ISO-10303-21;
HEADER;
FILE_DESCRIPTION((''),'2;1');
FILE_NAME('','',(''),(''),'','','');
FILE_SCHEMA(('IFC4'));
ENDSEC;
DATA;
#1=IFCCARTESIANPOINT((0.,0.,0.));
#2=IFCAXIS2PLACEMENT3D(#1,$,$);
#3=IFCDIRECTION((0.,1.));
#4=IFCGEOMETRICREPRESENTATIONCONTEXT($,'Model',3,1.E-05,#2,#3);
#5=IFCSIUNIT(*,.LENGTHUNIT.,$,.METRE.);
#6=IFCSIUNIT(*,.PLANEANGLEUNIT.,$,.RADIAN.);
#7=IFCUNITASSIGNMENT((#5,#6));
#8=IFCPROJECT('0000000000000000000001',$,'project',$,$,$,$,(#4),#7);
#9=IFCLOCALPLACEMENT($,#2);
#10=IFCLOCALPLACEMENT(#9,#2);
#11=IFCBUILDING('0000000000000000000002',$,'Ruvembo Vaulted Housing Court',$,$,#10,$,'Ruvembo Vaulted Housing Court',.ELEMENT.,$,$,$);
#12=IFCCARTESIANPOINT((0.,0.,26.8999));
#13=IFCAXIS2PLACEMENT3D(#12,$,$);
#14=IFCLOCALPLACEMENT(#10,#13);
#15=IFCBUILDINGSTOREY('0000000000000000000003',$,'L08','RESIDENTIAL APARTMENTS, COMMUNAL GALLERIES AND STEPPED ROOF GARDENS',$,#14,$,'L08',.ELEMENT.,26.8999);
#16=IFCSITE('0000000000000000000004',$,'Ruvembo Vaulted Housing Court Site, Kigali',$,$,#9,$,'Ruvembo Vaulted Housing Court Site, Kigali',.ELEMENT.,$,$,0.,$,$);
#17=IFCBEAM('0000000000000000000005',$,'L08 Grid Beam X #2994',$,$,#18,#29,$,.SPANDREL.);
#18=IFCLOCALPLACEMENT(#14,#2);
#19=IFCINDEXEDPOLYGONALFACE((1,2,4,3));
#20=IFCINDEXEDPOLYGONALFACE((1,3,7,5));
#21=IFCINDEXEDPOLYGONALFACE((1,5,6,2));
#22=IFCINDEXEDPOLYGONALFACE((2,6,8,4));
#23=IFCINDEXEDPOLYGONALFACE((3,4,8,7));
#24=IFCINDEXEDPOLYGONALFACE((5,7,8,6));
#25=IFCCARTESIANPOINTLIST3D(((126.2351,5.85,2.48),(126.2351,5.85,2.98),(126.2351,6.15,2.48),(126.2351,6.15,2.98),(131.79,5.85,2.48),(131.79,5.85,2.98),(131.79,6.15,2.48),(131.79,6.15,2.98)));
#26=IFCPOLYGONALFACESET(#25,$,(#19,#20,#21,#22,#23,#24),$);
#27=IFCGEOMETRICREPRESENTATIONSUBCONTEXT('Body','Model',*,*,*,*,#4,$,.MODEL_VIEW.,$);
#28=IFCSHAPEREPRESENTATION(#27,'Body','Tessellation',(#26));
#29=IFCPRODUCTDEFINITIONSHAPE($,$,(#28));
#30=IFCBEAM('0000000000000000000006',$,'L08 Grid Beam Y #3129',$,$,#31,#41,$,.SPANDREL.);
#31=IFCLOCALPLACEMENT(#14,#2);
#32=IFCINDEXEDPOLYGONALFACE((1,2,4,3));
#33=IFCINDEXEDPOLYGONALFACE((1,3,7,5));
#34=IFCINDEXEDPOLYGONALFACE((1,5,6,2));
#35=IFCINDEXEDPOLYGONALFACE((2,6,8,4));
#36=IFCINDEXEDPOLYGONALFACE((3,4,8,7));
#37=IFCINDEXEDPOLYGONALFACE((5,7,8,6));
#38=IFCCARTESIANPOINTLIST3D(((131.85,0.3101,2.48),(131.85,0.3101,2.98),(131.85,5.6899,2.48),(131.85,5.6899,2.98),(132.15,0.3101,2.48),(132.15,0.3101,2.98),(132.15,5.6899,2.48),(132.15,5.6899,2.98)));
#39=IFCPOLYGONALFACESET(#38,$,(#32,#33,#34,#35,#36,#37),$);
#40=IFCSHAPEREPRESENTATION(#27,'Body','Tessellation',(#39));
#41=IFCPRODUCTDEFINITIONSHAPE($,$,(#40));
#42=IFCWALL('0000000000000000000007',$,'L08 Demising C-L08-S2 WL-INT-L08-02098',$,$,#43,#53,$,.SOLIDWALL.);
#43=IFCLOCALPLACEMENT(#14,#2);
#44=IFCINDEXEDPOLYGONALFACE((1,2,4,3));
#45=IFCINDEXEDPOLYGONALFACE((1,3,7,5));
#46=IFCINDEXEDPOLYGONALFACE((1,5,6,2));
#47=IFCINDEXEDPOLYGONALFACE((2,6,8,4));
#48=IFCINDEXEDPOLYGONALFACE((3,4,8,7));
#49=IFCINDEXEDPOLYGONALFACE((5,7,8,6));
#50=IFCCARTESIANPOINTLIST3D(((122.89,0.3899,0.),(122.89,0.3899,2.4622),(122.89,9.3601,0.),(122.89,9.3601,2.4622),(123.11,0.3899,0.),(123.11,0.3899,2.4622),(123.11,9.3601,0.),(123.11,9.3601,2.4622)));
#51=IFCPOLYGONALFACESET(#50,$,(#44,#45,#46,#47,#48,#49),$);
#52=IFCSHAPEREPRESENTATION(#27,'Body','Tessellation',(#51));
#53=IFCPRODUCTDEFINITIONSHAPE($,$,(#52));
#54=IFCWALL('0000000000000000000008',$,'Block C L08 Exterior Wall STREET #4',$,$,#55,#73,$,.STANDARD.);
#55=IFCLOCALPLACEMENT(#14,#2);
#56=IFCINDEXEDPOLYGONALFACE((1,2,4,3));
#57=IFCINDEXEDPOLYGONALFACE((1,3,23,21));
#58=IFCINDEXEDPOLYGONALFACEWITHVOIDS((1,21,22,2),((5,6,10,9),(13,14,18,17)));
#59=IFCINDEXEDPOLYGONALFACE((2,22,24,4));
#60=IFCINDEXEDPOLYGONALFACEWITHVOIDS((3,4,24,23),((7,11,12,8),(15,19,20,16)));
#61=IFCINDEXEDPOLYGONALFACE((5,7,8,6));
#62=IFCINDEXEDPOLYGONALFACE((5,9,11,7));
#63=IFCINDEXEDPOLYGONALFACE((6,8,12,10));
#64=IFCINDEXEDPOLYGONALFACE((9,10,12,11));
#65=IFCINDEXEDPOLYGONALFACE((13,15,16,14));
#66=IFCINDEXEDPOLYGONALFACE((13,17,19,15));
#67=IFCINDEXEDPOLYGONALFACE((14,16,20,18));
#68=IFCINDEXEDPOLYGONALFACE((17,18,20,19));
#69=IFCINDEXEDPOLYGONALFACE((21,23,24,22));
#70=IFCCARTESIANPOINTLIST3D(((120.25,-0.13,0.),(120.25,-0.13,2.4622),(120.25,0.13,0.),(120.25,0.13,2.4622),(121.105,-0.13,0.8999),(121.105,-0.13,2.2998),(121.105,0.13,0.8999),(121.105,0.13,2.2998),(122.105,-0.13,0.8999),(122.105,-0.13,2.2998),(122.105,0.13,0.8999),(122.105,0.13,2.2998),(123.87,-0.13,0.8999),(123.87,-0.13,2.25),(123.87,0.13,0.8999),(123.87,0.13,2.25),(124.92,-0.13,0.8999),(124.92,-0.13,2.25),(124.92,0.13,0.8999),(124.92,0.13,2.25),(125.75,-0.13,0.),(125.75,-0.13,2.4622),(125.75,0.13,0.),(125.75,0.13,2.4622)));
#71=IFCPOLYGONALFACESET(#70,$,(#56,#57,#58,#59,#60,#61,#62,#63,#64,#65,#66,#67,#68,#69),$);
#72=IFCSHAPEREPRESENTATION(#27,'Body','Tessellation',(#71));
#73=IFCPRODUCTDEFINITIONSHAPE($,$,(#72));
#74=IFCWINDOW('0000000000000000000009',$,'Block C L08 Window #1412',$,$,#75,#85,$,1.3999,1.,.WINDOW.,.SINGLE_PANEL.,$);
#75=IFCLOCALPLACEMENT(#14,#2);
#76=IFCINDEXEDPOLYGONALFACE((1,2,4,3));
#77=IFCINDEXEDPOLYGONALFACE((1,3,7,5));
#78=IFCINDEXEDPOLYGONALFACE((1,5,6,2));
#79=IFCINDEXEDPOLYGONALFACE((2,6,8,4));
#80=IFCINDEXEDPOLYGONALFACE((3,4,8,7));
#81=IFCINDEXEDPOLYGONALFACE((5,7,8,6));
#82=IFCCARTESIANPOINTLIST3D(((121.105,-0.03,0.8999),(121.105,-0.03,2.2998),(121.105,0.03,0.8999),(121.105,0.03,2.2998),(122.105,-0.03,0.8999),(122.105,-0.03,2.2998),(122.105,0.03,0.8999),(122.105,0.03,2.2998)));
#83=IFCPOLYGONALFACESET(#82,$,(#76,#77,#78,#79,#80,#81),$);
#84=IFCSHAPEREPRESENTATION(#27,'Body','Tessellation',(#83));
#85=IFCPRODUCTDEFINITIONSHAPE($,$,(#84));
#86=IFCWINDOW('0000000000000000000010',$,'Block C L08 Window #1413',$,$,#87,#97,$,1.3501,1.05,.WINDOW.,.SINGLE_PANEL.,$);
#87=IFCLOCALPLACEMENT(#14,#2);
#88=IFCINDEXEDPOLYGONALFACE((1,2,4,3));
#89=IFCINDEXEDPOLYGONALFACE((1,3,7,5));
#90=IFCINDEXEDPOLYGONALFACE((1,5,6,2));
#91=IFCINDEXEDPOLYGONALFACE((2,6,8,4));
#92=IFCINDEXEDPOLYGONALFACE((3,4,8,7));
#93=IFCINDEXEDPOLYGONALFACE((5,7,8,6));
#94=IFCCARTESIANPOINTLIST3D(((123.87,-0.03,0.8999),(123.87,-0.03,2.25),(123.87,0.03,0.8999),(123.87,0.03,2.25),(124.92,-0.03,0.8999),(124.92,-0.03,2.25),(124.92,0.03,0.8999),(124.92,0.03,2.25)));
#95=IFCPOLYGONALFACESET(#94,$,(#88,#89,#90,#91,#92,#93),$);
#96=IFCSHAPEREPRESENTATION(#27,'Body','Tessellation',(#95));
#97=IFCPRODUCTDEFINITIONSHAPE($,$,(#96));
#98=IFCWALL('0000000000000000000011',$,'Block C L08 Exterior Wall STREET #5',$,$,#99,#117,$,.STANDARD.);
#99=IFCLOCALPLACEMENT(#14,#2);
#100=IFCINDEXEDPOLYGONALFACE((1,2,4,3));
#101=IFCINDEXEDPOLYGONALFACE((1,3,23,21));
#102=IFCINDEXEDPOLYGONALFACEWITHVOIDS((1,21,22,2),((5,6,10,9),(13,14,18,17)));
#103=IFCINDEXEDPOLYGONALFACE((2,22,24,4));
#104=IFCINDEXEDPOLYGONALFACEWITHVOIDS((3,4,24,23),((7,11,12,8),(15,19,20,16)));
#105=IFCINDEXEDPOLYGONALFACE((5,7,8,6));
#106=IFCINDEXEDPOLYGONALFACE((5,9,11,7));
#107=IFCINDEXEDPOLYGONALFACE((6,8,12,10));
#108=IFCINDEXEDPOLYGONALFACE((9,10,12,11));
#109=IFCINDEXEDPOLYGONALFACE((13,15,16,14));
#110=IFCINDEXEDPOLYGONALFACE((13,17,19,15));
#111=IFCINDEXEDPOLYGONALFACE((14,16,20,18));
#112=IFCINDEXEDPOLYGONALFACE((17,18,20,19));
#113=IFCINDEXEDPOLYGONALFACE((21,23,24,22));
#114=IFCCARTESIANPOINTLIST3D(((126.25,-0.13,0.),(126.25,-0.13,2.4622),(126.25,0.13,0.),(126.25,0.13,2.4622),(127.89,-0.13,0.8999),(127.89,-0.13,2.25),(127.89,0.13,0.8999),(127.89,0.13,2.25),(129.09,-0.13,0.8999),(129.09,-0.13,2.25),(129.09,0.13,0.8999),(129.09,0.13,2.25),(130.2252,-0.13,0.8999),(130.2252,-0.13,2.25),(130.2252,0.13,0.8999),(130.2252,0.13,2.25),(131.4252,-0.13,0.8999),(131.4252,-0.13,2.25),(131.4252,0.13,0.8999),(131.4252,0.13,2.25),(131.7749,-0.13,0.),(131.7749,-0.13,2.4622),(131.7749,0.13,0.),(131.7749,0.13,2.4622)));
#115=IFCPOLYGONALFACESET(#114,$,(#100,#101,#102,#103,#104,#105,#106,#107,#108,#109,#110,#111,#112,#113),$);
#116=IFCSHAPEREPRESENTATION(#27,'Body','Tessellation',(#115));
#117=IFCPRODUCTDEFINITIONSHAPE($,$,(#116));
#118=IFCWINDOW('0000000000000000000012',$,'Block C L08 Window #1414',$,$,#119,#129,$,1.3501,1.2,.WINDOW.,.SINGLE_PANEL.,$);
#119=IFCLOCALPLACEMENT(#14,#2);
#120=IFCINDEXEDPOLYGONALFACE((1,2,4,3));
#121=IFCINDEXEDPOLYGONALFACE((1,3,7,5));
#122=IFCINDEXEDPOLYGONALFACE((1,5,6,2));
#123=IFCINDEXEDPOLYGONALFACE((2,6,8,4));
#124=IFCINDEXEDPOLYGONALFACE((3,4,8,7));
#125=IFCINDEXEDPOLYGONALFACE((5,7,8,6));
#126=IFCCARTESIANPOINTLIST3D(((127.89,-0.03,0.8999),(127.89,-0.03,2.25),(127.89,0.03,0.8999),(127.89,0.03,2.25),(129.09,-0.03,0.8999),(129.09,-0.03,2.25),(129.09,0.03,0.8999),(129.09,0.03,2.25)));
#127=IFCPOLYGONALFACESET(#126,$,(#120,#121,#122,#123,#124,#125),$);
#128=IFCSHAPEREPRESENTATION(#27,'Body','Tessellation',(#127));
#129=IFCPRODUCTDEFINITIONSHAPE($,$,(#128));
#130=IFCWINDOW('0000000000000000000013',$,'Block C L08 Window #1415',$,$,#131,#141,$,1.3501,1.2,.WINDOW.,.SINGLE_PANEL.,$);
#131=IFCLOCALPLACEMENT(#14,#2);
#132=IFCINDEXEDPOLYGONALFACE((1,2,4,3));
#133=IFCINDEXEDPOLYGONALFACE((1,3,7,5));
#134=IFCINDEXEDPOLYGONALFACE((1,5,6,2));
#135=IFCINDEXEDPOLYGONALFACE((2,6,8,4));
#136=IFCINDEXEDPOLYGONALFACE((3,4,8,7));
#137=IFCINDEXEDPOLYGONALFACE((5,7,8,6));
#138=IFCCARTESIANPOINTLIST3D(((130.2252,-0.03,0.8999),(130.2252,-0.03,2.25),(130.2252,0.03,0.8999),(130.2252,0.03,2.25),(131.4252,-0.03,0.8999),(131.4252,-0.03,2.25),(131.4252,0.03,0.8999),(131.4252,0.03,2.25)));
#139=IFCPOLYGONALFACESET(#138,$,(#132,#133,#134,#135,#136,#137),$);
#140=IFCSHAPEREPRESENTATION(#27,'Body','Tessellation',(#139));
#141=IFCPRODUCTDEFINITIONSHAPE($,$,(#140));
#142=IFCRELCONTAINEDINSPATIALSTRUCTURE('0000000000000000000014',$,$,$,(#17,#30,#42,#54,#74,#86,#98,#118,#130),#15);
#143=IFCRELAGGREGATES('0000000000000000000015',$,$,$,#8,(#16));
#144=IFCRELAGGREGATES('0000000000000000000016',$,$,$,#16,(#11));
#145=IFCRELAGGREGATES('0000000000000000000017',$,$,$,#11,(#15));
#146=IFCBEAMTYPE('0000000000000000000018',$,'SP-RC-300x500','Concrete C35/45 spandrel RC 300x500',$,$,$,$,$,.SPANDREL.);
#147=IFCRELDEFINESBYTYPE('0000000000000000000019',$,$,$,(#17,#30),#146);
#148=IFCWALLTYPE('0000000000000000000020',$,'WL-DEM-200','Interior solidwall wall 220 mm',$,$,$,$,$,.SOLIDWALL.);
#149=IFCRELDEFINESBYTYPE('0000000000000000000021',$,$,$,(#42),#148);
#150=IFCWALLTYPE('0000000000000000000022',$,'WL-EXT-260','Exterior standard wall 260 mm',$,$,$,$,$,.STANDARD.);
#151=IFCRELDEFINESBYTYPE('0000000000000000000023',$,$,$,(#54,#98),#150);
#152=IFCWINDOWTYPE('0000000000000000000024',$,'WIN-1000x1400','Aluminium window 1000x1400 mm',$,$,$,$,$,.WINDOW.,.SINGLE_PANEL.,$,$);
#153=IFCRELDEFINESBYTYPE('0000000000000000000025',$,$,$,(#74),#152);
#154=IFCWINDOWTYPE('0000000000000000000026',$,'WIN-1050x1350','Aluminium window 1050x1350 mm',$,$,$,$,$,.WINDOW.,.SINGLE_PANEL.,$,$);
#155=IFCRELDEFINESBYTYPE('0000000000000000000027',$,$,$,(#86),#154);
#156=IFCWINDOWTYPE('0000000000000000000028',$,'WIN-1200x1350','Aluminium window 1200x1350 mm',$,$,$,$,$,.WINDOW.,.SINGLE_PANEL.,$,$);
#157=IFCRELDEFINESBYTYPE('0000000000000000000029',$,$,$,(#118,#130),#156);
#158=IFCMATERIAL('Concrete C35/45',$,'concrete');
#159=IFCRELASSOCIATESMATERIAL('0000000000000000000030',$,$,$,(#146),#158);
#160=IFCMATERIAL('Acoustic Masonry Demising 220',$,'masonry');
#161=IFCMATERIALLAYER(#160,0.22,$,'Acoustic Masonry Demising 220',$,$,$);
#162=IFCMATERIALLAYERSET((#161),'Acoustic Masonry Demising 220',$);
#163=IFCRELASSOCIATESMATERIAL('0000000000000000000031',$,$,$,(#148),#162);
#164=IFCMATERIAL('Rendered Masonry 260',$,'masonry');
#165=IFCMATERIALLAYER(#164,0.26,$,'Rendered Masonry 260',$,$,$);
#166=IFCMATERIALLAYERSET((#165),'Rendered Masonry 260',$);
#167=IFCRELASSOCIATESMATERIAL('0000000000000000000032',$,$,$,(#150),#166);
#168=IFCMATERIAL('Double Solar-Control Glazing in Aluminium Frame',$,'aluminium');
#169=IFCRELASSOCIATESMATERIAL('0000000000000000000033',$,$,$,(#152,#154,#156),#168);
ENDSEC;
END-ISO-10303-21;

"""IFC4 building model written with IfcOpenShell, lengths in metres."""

from ifc_helpers import new_model, si_unit, direction, frame, frame_2d, origin, origin_2d, place, context, subcontext, project, spatial, rectangle, extrude, material, layer, layer_set, material_profile, profile_set, type_object, element, fill, save


model = new_model("IFC4")

# Units and contexts
model_context = context("Model", 3, precision=1e-05, world=origin(), true_north=direction((0.0, 1.0)))
body_context = subcontext(model_context, "Body", "Model", "MODEL_VIEW")
ifc_project = project(units=[si_unit("LENGTHUNIT", "METRE"), si_unit("PLANEANGLEUNIT", "RADIAN")], contexts=[model_context])

# Site, building, storey
site_placement = place(None, origin())
site = spatial("IfcSite", under=ifc_project, at=site_placement, Name="Ruvembo Vaulted Housing Court Site, Kigali", LongName="Ruvembo Vaulted Housing Court Site, Kigali", CompositionType="ELEMENT", RefElevation=0.0)
building_placement = place(site_placement, origin())
building = spatial("IfcBuilding", under=site, at=building_placement, Name="Ruvembo Vaulted Housing Court", LongName="Ruvembo Vaulted Housing Court", CompositionType="ELEMENT")
storey_placement = place(building_placement, frame((0.0, 0.0, 26.8999)))
storey = spatial("IfcBuildingStorey", under=building, at=storey_placement, Name="L08", Description="RESIDENTIAL APARTMENTS, COMMUNAL GALLERIES AND STEPPED ROOF GARDENS", LongName="L08", CompositionType="ELEMENT", Elevation=26.8999)

# Shared definitions
ifc_material_1 = material(Name="Concrete C35/45", Category="concrete")

# Beams
ifc_material_profile_1 = material_profile(ifc_material_1, rectangle(XDim=0.3, YDim=0.5, at=origin_2d()), Name="RC 300x500")
ifc_profile_set_1 = profile_set([ifc_material_profile_1], Name="Concrete C35/45")
beam_type_1 = type_object("IfcBeamType", Name="SP-RC-300x500", Description="Concrete C35/45 spandrel RC 300x500", PredefinedType="SPANDREL", material=ifc_profile_set_1)
beam_1_placement = place(storey_placement, frame((126.2351, 6.0, 2.73), z_axis=(1.0, 0.0, 0.0), x_axis=(0.0, 1.0, 0.0)))
element("IfcBeam", 1, at=beam_1_placement, inside=storey, type_object=beam_type_1, Name="L08 Grid Beam X #2994", PredefinedType="SPANDREL", context=body_context, shape_type="SweptSolid", body=[
    extrude(rectangle(XDim=0.3, YDim=0.5, at=origin_2d()), origin(), (0.0, 0.0, 1.0), 5.5549),
])
beam_2_placement = place(storey_placement, frame((132.0, 0.3101, 2.73), z_axis=(0.0, 1.0, 0.0), x_axis=(-1.0, 0.0, 0.0)))
element("IfcBeam", 2, at=beam_2_placement, inside=storey, type_object=beam_type_1, Name="L08 Grid Beam Y #3129", PredefinedType="SPANDREL", context=body_context, shape_type="SweptSolid", body=[
    extrude(rectangle(XDim=0.3, YDim=0.5, at=origin_2d()), origin(), (0.0, 0.0, 1.0), 5.3799),
])

# Wall
ifc_material_2 = material(Name="Acoustic Masonry Demising 220", Category="masonry")
ifc_layer_1 = layer(ifc_material_2, 0.22, Name="Acoustic Masonry Demising 220")
ifc_layer_set_1 = layer_set([ifc_layer_1], Name="Acoustic Masonry Demising 220")
wall_type_1 = type_object("IfcWallType", Name="WL-DEM-200", Description="Interior solidwall wall 220 mm", PredefinedType="SOLIDWALL", material=ifc_layer_set_1)
wall_1_placement = place(storey_placement, frame((123.0, 0.3899, 0.0), z_axis=(0.0, 0.0, 1.0), x_axis=(0.0, 1.0, 0.0)))
element("IfcWall", 3, at=wall_1_placement, inside=storey, type_object=wall_type_1, Name="L08 Demising C-L08-S2 WL-INT-L08-02098", PredefinedType="SOLIDWALL", context=body_context, shape_type="SweptSolid", body=[
    extrude(rectangle(XDim=8.9702, YDim=0.22, at=frame_2d((4.4851, 0.0))), origin(), (0.0, 0.0, 1.0), 2.4622),
])

# Walls, openings, windows
ifc_material_3 = material(Name="Rendered Masonry 260", Category="masonry")
ifc_layer_2 = layer(ifc_material_3, 0.26, Name="Rendered Masonry 260")
ifc_layer_set_2 = layer_set([ifc_layer_2], Name="Rendered Masonry 260")
wall_type_2 = type_object("IfcWallType", Name="WL-EXT-260", Description="Exterior standard wall 260 mm", PredefinedType="STANDARD", material=ifc_layer_set_2)
wall_2_placement = place(storey_placement, frame((120.25, 0.0, 0.0), z_axis=(0.0, 0.0, 1.0), x_axis=(1.0, 0.0, 0.0)))
wall_2 = element("IfcWall", 4, at=wall_2_placement, inside=storey, type_object=wall_type_2, Name="Block C L08 Exterior Wall STREET #4", PredefinedType="STANDARD", context=body_context, shape_type="SweptSolid", body=[
    extrude(rectangle(XDim=5.5, YDim=0.26, at=frame_2d((2.75, 0.0))), origin(), (0.0, 0.0, 1.0), 2.4622),
])
opening_1_placement = place(wall_2_placement, frame((0.855, 0.0, 0.8999)))
opening_1 = element("IfcOpeningElement", 5, at=opening_1_placement, cuts=wall_2, PredefinedType="OPENING", context=body_context, shape_type="SweptSolid", body=[
    extrude(rectangle(XDim=1.0, YDim=1.3999, at=frame_2d((0.5, 0.7))), frame((0.0, 0.1399, 0.0), z_axis=(0.0, -1.0, 0.0), x_axis=(1.0, 0.0, 0.0)), (0.0, 0.0, 1.0), 0.28),
])
opening_2_placement = place(wall_2_placement, frame((3.6201, 0.0, 0.8999)))
opening_2 = element("IfcOpeningElement", 6, at=opening_2_placement, cuts=wall_2, PredefinedType="OPENING", context=body_context, shape_type="SweptSolid", body=[
    extrude(rectangle(XDim=1.05, YDim=1.3501, at=frame_2d((0.5249, 0.675))), frame((0.0, 0.1399, 0.0), z_axis=(0.0, -1.0, 0.0), x_axis=(1.0, 0.0, 0.0)), (0.0, 0.0, 1.0), 0.28),
])
ifc_material_4 = material(Name="Double Solar-Control Glazing in Aluminium Frame", Category="aluminium")
window_type_1 = type_object("IfcWindowType", Name="WIN-1000x1400", Description="Aluminium window 1000x1400 mm", PartitioningType="SINGLE_PANEL", PredefinedType="WINDOW", material=ifc_material_4)
window_1_placement = place(opening_1_placement, origin())
window_1 = element("IfcWindow", 7, at=window_1_placement, inside=storey, type_object=window_type_1, Name="Block C L08 Window #1412", OverallHeight=1.3999, OverallWidth=1.0, PartitioningType="SINGLE_PANEL", PredefinedType="WINDOW", context=body_context, shape_type="SweptSolid", body=[
    extrude(rectangle(XDim=1.0, YDim=1.3999, at=frame_2d((0.5, 0.7))), frame((0.0, 0.03, 0.0), z_axis=(0.0, -1.0, 0.0), x_axis=(1.0, 0.0, 0.0)), (0.0, 0.0, 1.0), 0.0601),
])
fill(opening_1, window_1)
window_type_2 = type_object("IfcWindowType", Name="WIN-1050x1350", Description="Aluminium window 1050x1350 mm", PartitioningType="SINGLE_PANEL", PredefinedType="WINDOW", material=ifc_material_4)
window_2_placement = place(opening_2_placement, origin())
window_2 = element("IfcWindow", 8, at=window_2_placement, inside=storey, type_object=window_type_2, Name="Block C L08 Window #1413", OverallHeight=1.3501, OverallWidth=1.05, PartitioningType="SINGLE_PANEL", PredefinedType="WINDOW", context=body_context, shape_type="SweptSolid", body=[
    extrude(rectangle(XDim=1.05, YDim=1.3501, at=frame_2d((0.5249, 0.675))), frame((0.0, 0.03, 0.0), z_axis=(0.0, -1.0, 0.0), x_axis=(1.0, 0.0, 0.0)), (0.0, 0.0, 1.0), 0.0601),
])
fill(opening_2, window_2)
wall_3_placement = place(storey_placement, frame((126.25, 0.0, 0.0), z_axis=(0.0, 0.0, 1.0), x_axis=(1.0, 0.0, 0.0)))
wall_3 = element("IfcWall", 9, at=wall_3_placement, inside=storey, type_object=wall_type_2, Name="Block C L08 Exterior Wall STREET #5", PredefinedType="STANDARD", context=body_context, shape_type="SweptSolid", body=[
    extrude(rectangle(XDim=5.5249, YDim=0.26, at=frame_2d((2.7625, 0.0))), origin(), (0.0, 0.0, 1.0), 2.4622),
])
opening_3_placement = place(wall_3_placement, frame((1.6399, 0.0, 0.8999)))
opening_3 = element("IfcOpeningElement", 10, at=opening_3_placement, cuts=wall_3, PredefinedType="OPENING", context=body_context, shape_type="SweptSolid", body=[
    extrude(rectangle(XDim=1.2, YDim=1.3501, at=frame_2d((0.6001, 0.675))), frame((0.0, 0.1399, 0.0), z_axis=(0.0, -1.0, 0.0), x_axis=(1.0, 0.0, 0.0)), (0.0, 0.0, 1.0), 0.28),
])
opening_4_placement = place(wall_3_placement, frame((3.9751, 0.0, 0.8999)))
opening_4 = element("IfcOpeningElement", 11, at=opening_4_placement, cuts=wall_3, PredefinedType="OPENING", context=body_context, shape_type="SweptSolid", body=[
    extrude(rectangle(XDim=1.2, YDim=1.3501, at=frame_2d((0.6001, 0.675))), frame((0.0, 0.1399, 0.0), z_axis=(0.0, -1.0, 0.0), x_axis=(1.0, 0.0, 0.0)), (0.0, 0.0, 1.0), 0.28),
])
window_type_3 = type_object("IfcWindowType", Name="WIN-1200x1350", Description="Aluminium window 1200x1350 mm", PartitioningType="SINGLE_PANEL", PredefinedType="WINDOW", material=ifc_material_4)
window_3_placement = place(opening_3_placement, origin())
window_3 = element("IfcWindow", 12, at=window_3_placement, inside=storey, type_object=window_type_3, Name="Block C L08 Window #1414", OverallHeight=1.3501, OverallWidth=1.2, PartitioningType="SINGLE_PANEL", PredefinedType="WINDOW", context=body_context, shape_type="SweptSolid", body=[
    extrude(rectangle(XDim=1.2, YDim=1.3501, at=frame_2d((0.6001, 0.675))), frame((0.0, 0.03, 0.0), z_axis=(0.0, -1.0, 0.0), x_axis=(1.0, 0.0, 0.0)), (0.0, 0.0, 1.0), 0.0601),
])
fill(opening_3, window_3)
window_4_placement = place(opening_4_placement, origin())
window_4 = element("IfcWindow", 13, at=window_4_placement, inside=storey, type_object=window_type_3, Name="Block C L08 Window #1415", OverallHeight=1.3501, OverallWidth=1.2, PartitioningType="SINGLE_PANEL", PredefinedType="WINDOW", context=body_context, shape_type="SweptSolid", body=[
    extrude(rectangle(XDim=1.2, YDim=1.3501, at=frame_2d((0.6001, 0.675))), frame((0.0, 0.03, 0.0), z_axis=(0.0, -1.0, 0.0), x_axis=(1.0, 0.0, 0.0)), (0.0, 0.0, 1.0), 0.0601),
])
fill(opening_4, window_4)

save(model, "model.ifc")
